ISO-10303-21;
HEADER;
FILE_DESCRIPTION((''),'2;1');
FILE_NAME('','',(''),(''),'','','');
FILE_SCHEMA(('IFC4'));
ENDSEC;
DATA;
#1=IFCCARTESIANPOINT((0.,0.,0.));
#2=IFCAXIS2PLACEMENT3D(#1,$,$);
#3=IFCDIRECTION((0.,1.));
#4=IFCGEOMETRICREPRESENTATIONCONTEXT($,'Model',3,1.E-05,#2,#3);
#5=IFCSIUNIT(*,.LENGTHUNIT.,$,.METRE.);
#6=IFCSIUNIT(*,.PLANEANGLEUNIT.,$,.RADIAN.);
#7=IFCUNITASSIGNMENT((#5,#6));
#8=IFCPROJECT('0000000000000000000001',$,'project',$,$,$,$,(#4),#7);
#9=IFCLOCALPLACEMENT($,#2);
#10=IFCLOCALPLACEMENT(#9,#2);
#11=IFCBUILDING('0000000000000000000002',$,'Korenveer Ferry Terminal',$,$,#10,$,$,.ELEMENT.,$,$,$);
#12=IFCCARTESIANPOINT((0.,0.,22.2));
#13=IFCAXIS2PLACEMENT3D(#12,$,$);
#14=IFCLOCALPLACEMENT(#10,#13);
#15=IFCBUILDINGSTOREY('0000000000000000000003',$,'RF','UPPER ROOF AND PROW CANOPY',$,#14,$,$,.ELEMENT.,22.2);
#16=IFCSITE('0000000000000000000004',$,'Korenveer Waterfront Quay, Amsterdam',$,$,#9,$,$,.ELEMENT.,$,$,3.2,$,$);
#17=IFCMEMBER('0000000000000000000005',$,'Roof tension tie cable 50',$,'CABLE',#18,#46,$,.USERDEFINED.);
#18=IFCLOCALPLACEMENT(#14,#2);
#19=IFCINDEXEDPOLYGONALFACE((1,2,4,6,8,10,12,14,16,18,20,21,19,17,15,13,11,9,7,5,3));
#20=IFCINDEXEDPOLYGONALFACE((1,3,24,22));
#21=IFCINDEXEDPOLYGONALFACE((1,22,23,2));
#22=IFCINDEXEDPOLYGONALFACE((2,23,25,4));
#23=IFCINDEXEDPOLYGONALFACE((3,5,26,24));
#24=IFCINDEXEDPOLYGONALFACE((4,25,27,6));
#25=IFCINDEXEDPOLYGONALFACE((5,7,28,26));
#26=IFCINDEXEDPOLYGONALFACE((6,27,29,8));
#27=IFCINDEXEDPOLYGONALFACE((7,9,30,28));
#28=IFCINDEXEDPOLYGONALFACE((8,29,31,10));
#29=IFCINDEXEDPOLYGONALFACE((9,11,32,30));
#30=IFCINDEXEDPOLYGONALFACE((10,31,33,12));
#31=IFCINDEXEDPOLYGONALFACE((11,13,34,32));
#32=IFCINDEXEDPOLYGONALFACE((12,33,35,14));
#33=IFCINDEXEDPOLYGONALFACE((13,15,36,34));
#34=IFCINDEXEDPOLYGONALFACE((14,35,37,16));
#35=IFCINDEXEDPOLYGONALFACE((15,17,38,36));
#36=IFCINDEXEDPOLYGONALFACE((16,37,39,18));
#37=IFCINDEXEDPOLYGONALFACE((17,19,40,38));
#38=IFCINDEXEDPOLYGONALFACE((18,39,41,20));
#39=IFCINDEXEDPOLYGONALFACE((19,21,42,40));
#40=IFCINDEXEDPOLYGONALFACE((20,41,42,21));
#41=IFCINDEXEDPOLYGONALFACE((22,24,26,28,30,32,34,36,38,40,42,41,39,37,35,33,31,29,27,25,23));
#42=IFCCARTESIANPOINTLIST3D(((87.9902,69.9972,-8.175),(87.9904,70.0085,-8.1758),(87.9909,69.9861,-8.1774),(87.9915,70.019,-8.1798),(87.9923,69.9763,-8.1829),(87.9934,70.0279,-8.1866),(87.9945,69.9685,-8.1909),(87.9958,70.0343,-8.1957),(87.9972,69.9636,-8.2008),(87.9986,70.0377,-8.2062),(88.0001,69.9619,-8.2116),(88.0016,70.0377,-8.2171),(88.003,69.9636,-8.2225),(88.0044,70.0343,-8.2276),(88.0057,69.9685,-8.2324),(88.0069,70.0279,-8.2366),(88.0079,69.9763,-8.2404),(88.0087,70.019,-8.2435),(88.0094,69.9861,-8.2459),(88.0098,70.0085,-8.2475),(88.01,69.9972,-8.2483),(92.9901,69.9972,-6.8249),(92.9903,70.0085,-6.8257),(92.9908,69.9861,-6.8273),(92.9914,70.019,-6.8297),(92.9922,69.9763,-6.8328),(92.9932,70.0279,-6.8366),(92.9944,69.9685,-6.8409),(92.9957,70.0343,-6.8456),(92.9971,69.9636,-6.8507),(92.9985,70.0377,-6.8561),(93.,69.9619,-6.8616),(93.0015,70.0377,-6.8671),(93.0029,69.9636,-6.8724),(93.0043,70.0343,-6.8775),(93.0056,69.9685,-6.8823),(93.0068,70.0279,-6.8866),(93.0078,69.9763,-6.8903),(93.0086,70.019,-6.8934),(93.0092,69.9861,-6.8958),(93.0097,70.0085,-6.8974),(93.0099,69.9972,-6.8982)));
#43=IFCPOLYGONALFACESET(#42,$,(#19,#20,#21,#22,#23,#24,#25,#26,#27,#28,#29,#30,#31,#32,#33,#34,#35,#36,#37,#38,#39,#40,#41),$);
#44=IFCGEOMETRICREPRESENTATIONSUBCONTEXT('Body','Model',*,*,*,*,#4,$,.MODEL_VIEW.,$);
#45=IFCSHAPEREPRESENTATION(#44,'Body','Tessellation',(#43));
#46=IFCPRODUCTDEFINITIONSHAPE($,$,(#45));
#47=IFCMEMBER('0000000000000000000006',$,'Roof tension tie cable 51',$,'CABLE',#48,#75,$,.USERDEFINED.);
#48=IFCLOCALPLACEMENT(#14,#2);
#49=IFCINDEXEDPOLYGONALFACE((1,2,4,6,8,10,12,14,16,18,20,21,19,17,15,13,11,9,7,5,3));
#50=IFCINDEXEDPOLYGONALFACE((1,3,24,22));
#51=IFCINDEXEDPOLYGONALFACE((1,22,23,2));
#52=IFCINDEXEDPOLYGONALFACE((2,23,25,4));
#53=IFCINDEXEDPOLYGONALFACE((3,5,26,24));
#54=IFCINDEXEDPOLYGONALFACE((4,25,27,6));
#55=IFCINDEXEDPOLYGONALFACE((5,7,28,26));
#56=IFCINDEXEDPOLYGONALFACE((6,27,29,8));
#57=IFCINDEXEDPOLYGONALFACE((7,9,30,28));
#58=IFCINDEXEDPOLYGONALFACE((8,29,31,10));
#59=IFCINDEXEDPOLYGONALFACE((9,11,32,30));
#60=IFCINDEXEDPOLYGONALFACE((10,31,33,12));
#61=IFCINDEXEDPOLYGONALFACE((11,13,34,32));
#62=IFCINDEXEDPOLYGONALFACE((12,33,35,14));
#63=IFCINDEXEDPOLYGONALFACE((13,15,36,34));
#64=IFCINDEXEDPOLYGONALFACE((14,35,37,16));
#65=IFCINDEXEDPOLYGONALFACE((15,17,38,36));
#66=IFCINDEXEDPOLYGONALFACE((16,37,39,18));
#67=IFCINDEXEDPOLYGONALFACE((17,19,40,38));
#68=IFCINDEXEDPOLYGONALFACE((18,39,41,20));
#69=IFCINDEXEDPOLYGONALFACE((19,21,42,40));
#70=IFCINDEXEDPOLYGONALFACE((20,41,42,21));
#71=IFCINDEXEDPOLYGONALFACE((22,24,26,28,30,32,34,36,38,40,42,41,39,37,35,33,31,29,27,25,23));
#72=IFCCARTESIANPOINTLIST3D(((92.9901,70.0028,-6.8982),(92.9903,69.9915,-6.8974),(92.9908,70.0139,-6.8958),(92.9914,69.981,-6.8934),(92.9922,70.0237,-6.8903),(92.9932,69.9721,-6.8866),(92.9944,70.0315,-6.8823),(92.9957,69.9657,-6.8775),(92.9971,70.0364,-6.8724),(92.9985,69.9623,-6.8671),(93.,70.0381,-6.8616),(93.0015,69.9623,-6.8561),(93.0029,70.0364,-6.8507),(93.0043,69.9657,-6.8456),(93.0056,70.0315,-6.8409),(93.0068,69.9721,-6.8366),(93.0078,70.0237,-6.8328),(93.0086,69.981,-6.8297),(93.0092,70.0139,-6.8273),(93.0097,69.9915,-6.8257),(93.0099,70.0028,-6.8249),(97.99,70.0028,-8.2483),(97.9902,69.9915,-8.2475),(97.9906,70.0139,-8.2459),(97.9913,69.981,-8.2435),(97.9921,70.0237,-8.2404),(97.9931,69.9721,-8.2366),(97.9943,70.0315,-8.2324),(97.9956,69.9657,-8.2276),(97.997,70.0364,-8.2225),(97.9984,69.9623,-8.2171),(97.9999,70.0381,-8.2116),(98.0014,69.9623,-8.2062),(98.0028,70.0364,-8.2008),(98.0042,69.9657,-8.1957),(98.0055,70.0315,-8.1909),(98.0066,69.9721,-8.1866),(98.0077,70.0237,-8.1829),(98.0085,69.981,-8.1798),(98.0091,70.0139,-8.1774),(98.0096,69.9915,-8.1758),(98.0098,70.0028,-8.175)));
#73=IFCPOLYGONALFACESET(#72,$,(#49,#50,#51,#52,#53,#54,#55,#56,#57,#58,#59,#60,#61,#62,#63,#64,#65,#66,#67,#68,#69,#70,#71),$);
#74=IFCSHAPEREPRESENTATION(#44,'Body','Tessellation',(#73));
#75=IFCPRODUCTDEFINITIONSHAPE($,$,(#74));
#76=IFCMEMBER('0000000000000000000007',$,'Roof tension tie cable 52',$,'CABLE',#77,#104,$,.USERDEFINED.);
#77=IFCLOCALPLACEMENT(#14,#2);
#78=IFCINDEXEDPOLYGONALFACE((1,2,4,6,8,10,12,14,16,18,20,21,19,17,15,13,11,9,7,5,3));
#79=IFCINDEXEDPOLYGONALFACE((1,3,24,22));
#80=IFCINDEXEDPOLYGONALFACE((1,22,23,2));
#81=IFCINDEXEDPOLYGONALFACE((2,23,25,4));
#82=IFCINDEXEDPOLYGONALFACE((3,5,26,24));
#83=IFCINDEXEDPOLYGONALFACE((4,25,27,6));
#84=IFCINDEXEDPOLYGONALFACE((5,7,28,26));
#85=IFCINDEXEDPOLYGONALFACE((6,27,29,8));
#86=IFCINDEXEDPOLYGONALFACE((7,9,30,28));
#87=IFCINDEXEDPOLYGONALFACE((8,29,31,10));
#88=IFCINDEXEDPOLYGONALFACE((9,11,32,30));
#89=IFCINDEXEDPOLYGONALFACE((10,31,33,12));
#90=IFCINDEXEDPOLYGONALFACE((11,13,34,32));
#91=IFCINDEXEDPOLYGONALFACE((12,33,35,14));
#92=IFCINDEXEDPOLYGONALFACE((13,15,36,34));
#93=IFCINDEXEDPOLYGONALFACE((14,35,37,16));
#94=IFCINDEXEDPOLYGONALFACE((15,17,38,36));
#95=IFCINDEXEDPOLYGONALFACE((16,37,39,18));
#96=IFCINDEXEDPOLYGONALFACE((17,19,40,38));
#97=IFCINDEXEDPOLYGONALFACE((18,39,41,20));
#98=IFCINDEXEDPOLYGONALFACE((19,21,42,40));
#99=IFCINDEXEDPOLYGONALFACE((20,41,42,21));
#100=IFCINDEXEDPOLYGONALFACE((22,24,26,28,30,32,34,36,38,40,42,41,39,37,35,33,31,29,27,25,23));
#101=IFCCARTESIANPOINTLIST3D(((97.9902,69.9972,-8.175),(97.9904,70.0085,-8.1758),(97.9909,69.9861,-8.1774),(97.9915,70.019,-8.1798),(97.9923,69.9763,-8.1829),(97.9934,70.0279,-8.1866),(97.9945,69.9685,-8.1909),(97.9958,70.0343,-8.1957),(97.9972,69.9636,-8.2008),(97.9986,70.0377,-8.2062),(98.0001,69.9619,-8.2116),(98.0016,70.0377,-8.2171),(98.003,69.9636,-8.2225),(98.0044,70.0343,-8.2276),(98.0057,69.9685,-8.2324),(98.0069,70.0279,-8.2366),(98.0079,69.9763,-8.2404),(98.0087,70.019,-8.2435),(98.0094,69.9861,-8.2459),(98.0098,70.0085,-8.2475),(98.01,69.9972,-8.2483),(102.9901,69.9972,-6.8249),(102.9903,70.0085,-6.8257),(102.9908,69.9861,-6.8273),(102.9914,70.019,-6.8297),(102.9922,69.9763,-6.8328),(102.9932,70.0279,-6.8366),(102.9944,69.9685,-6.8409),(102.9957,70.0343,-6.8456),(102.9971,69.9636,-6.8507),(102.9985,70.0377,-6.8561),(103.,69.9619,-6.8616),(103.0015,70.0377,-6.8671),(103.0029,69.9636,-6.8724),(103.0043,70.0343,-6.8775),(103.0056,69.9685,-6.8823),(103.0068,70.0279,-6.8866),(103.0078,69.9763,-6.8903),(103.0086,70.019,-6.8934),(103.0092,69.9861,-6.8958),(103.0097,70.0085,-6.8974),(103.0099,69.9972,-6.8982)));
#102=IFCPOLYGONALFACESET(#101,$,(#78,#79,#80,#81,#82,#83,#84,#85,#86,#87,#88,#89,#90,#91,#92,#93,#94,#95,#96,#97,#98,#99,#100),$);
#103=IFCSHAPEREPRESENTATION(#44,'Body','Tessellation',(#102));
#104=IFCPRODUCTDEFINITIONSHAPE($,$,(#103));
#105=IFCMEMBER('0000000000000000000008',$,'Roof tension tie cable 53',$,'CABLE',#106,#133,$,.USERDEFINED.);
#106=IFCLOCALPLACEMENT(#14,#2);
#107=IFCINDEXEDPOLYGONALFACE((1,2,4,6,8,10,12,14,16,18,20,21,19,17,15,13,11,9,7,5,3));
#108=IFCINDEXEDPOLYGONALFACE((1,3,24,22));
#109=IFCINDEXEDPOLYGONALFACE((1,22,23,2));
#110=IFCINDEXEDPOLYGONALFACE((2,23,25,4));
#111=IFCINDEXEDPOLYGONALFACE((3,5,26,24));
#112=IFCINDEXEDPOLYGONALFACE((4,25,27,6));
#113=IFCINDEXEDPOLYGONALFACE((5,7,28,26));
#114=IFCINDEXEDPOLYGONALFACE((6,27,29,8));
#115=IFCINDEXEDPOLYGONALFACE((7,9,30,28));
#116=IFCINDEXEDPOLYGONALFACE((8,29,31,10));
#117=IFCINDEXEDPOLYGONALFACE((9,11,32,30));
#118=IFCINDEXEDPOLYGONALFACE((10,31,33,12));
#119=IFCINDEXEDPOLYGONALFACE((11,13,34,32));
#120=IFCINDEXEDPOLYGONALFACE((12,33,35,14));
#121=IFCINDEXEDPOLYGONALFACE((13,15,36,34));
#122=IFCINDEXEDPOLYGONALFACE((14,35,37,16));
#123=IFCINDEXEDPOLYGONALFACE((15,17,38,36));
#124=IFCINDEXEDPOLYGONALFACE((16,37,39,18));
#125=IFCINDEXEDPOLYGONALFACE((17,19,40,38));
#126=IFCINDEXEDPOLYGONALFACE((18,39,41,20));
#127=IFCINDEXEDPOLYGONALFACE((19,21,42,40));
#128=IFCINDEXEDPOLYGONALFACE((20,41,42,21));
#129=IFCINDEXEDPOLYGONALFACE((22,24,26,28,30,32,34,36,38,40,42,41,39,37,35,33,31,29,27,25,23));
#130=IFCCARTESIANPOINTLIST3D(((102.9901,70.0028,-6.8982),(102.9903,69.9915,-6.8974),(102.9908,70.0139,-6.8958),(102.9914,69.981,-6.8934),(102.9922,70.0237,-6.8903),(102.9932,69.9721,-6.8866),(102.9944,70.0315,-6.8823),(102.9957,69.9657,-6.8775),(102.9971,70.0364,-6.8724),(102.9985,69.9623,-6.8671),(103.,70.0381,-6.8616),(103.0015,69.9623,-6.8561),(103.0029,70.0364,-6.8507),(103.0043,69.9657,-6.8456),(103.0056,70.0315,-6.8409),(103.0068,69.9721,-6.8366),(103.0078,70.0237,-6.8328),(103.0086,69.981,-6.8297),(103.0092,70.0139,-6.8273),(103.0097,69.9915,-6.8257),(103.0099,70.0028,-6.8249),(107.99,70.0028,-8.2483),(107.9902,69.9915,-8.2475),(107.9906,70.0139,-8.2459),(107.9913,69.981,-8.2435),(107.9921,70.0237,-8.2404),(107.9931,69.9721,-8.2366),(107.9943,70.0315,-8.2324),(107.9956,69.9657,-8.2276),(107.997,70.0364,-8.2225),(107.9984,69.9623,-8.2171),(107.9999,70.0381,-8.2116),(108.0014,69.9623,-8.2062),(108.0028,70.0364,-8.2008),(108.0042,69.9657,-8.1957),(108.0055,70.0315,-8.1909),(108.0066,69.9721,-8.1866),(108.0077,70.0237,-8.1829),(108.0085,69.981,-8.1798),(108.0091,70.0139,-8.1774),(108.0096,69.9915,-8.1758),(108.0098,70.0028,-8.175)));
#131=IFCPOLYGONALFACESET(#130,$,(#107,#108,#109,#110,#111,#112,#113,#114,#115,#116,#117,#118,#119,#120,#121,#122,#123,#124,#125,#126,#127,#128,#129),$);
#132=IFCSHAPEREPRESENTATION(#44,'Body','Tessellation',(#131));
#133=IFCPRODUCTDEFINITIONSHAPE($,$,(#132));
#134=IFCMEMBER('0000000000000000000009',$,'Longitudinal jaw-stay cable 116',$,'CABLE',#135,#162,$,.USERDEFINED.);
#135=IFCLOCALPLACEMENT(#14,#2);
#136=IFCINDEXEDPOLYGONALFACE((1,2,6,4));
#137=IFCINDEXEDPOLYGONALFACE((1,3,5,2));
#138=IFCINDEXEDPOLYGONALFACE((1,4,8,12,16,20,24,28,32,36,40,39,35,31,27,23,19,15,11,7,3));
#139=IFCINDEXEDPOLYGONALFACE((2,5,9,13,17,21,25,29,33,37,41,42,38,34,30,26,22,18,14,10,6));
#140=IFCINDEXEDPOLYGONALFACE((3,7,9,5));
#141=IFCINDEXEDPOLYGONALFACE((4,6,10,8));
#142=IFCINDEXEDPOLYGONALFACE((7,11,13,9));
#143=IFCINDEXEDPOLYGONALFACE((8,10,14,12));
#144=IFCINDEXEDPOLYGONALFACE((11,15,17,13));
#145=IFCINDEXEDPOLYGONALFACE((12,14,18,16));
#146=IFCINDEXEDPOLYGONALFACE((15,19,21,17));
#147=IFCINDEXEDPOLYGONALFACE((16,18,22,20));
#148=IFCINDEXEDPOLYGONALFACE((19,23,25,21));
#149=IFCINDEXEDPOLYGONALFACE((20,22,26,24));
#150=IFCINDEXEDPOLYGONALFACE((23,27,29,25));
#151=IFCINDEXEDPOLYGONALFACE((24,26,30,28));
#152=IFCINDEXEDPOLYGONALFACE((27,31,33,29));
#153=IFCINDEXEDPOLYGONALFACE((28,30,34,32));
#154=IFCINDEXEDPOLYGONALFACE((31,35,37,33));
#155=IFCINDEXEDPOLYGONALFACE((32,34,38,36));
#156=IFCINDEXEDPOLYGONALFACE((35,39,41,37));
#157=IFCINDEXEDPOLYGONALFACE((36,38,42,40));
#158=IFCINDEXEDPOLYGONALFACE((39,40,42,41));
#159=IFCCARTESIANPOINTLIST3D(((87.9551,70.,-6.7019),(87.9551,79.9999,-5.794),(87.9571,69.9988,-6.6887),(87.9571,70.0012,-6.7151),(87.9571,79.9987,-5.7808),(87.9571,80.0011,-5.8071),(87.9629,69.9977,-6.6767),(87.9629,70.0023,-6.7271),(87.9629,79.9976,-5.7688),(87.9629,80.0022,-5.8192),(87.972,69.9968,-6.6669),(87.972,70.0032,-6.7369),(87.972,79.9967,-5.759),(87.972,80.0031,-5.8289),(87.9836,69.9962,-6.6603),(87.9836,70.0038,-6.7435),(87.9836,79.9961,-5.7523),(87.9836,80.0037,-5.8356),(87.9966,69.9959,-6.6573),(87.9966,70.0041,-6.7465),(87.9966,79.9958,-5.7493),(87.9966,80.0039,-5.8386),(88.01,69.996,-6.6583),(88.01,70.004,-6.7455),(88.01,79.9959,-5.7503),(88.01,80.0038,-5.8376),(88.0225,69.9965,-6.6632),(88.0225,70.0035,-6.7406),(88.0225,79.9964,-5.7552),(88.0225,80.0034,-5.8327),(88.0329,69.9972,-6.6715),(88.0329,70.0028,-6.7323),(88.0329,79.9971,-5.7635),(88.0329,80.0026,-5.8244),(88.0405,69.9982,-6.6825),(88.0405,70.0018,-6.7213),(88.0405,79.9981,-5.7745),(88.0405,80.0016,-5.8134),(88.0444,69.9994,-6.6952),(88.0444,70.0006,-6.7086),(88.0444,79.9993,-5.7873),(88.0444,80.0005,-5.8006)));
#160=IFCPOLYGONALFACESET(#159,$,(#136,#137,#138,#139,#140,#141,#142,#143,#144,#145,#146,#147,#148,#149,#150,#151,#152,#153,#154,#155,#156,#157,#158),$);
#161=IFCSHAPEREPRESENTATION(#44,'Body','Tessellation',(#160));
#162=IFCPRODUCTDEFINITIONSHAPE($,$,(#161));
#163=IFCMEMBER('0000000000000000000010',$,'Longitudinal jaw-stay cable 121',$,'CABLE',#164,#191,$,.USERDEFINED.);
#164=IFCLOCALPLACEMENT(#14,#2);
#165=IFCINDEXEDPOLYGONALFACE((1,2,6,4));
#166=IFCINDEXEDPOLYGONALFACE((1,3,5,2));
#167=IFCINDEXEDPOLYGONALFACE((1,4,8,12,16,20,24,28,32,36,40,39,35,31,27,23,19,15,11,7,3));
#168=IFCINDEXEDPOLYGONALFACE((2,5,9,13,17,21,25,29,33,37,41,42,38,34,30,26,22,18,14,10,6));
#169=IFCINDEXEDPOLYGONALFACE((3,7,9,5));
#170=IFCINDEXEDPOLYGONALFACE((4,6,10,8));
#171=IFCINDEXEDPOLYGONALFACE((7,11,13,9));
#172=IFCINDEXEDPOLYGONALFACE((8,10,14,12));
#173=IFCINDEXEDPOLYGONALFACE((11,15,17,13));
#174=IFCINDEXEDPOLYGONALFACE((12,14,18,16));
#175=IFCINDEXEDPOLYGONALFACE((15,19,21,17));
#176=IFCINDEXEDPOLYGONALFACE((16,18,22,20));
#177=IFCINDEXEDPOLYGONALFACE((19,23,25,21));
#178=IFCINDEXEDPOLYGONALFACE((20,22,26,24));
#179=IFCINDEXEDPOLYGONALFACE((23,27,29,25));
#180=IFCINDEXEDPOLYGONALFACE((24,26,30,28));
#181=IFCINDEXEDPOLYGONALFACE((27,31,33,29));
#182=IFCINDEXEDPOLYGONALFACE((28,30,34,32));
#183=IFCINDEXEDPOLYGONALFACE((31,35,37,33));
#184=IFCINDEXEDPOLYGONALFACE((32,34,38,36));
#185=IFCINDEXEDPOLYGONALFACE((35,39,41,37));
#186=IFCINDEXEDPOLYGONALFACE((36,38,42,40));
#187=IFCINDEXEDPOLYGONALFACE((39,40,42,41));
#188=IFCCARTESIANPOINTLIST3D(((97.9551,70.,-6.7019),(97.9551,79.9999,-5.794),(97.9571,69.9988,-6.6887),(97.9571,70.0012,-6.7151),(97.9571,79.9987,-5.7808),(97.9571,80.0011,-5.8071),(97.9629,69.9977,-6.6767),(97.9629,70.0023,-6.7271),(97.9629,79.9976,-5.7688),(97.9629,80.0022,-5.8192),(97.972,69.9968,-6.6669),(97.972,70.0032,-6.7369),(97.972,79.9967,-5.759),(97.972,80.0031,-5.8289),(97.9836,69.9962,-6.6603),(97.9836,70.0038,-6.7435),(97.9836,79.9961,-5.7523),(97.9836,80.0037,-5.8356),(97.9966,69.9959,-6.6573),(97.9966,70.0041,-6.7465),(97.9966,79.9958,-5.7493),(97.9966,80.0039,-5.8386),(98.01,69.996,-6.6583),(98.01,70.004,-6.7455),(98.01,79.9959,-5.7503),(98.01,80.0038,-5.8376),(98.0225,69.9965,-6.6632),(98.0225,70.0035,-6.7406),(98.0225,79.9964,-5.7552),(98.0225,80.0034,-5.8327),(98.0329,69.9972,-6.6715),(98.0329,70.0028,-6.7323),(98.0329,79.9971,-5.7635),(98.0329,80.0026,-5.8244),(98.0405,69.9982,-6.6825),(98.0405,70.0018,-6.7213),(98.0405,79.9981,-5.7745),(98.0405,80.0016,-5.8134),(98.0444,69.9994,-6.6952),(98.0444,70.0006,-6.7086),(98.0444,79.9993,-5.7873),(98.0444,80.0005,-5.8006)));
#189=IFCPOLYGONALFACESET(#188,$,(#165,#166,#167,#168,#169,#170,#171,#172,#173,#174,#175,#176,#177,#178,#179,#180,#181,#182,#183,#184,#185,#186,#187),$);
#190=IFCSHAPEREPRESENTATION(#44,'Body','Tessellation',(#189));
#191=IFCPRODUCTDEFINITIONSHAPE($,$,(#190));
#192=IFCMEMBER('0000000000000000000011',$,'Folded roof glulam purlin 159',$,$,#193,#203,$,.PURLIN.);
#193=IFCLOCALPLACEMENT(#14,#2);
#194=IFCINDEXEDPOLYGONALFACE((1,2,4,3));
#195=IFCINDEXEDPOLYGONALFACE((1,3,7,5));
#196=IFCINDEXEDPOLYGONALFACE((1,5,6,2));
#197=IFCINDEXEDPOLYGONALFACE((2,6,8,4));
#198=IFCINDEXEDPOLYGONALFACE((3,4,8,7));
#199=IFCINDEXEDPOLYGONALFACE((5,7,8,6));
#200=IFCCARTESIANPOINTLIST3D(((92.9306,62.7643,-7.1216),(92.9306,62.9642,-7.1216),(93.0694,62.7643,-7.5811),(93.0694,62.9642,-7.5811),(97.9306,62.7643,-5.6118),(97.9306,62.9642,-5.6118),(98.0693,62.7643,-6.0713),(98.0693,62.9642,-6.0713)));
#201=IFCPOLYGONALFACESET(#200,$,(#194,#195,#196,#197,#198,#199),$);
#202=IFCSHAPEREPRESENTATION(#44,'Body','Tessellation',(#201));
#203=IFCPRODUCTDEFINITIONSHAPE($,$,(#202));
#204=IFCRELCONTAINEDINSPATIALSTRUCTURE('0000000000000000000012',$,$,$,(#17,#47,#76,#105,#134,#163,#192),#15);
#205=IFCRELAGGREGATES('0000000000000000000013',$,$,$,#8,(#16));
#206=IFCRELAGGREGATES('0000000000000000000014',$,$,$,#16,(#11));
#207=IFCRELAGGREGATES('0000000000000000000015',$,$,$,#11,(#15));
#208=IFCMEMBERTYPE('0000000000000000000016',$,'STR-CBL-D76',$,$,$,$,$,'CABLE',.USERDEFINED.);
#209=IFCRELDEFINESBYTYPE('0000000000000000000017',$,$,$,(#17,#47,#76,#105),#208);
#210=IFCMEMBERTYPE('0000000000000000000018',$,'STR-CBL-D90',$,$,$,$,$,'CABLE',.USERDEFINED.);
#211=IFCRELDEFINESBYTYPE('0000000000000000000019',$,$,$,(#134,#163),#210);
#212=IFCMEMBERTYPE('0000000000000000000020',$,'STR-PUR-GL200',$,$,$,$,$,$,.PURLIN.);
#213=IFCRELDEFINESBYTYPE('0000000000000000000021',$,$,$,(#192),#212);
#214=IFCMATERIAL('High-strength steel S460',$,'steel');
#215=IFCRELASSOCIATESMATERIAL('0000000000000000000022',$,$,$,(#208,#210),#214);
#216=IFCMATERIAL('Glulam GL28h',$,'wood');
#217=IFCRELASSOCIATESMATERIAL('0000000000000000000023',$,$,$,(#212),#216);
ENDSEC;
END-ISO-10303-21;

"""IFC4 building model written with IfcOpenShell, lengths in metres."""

from ifc_helpers import new_model, si_unit, direction, frame, origin, origin_2d, place, context, subcontext, project, spatial, rectangle, circle, extrude, material, material_profile, profile_set, type_object, element, save


model = new_model("IFC4")

# Units and contexts
model_context = context("Model", 3, precision=1e-05, world=origin(), true_north=direction((0.0, 1.0)))
body_context = subcontext(model_context, "Body", "Model", "MODEL_VIEW")
ifc_project = project(units=[si_unit("LENGTHUNIT", "METRE"), si_unit("PLANEANGLEUNIT", "RADIAN")], contexts=[model_context])

# Site, building, storey
site_placement = place(None, origin())
site = spatial("IfcSite", under=ifc_project, at=site_placement, Name="Korenveer Waterfront Quay, Amsterdam", CompositionType="ELEMENT", RefElevation=3.2)
building_placement = place(site_placement, origin())
building = spatial("IfcBuilding", under=site, at=building_placement, Name="Korenveer Ferry Terminal", CompositionType="ELEMENT")
storey_placement = place(building_placement, frame((0.0, 0.0, 22.2)))
storey = spatial("IfcBuildingStorey", under=building, at=storey_placement, Name="RF", Description="UPPER ROOF AND PROW CANOPY", CompositionType="ELEMENT", Elevation=22.2)

# Members
ifc_material_1 = material(Name="High-strength steel S460", Category="steel")
ifc_material_profile_1 = material_profile(ifc_material_1, circle(Radius=0.0381, at=origin_2d()), Name="ROD D76")
ifc_profile_set_1 = profile_set([ifc_material_profile_1], Name="High-strength steel S460")
member_type_1 = type_object("IfcMemberType", Name="STR-CBL-D76", ElementType="CABLE", PredefinedType="USERDEFINED", material=ifc_profile_set_1)
for number, where, z_axis, x_axis, name in (
    (1, (93.0, 70.0, -6.8616), (-0.965424, 0.0, -0.260683), (0.0, -1.0, 0.0), "Roof tension tie cable 50"),
    (2, (93.0, 70.0, -6.8616), (0.965424, 0.0, -0.260683), (0.0, 1.0, 0.0), "Roof tension tie cable 51"),
    (3, (103.0, 70.0, -6.8616), (-0.965424, 0.0, -0.260683), (0.0, -1.0, 0.0), "Roof tension tie cable 52"),
    (4, (103.0, 70.0, -6.8616), (0.965424, 0.0, -0.260683), (0.0, 1.0, 0.0), "Roof tension tie cable 53"),
):
    element("IfcMember", number, at=place(storey_placement, frame(where, z_axis=z_axis, x_axis=x_axis)), inside=storey, type_object=member_type_1, Name=name, ObjectType="CABLE", PredefinedType="USERDEFINED", context=body_context, shape_type="SweptSolid", body=[
        extrude(circle(Radius=0.0381, at=origin_2d()), origin(), (0.0, 0.0, 1.0), 5.179),
    ])
ifc_material_profile_2 = material_profile(ifc_material_1, circle(Radius=0.0449, at=origin_2d()), Name="ROD D90")
ifc_profile_set_2 = profile_set([ifc_material_profile_2], Name="High-strength steel S460")
member_type_2 = type_object("IfcMemberType", Name="STR-CBL-D90", ElementType="CABLE", PredefinedType="USERDEFINED", material=ifc_profile_set_2)
for number, where, z_axis, x_axis, name in (
    (5, (88.0, 70.0, -6.7019), (0.0, 0.995903, 0.090424), (-1.0, 0.0, 0.0), "Longitudinal jaw-stay cable 116"),
    (6, (98.0, 70.0, -6.7019), (0.0, 0.995903, 0.090424), (-1.0, 0.0, 0.0), "Longitudinal jaw-stay cable 121"),
):
    element("IfcMember", number, at=place(storey_placement, frame(where, z_axis=z_axis, x_axis=x_axis)), inside=storey, type_object=member_type_2, Name=name, ObjectType="CABLE", PredefinedType="USERDEFINED", context=body_context, shape_type="SweptSolid", body=[
        extrude(circle(Radius=0.0449, at=origin_2d()), origin(), (0.0, 0.0, 1.0), 10.041),
    ])
ifc_material_2 = material(Name="Glulam GL28h", Category="wood")
ifc_material_profile_3 = material_profile(ifc_material_2, rectangle(XDim=0.2, YDim=0.48, at=origin_2d()), Name="GL 200x480")
ifc_profile_set_3 = profile_set([ifc_material_profile_3], Name="Glulam GL28h")
member_type_3 = type_object("IfcMemberType", Name="STR-PUR-GL200", PredefinedType="PURLIN", material=ifc_profile_set_3)
for number, where, z_axis, x_axis, name in (
    (7, (93.0, 62.8643, -7.3513), (0.95731, 0.0, 0.289063), (0.0, 1.0, 0.0), "Folded roof glulam purlin 159"),
):
    element("IfcMember", number, at=place(storey_placement, frame(where, z_axis=z_axis, x_axis=x_axis)), inside=storey, type_object=member_type_3, Name=name, PredefinedType="PURLIN", context=body_context, shape_type="SweptSolid", body=[
        extrude(rectangle(XDim=0.2, YDim=0.48, at=origin_2d()), origin(), (0.0, 0.0, 1.0), 5.2229),
    ])

save(model, "model.ifc")
